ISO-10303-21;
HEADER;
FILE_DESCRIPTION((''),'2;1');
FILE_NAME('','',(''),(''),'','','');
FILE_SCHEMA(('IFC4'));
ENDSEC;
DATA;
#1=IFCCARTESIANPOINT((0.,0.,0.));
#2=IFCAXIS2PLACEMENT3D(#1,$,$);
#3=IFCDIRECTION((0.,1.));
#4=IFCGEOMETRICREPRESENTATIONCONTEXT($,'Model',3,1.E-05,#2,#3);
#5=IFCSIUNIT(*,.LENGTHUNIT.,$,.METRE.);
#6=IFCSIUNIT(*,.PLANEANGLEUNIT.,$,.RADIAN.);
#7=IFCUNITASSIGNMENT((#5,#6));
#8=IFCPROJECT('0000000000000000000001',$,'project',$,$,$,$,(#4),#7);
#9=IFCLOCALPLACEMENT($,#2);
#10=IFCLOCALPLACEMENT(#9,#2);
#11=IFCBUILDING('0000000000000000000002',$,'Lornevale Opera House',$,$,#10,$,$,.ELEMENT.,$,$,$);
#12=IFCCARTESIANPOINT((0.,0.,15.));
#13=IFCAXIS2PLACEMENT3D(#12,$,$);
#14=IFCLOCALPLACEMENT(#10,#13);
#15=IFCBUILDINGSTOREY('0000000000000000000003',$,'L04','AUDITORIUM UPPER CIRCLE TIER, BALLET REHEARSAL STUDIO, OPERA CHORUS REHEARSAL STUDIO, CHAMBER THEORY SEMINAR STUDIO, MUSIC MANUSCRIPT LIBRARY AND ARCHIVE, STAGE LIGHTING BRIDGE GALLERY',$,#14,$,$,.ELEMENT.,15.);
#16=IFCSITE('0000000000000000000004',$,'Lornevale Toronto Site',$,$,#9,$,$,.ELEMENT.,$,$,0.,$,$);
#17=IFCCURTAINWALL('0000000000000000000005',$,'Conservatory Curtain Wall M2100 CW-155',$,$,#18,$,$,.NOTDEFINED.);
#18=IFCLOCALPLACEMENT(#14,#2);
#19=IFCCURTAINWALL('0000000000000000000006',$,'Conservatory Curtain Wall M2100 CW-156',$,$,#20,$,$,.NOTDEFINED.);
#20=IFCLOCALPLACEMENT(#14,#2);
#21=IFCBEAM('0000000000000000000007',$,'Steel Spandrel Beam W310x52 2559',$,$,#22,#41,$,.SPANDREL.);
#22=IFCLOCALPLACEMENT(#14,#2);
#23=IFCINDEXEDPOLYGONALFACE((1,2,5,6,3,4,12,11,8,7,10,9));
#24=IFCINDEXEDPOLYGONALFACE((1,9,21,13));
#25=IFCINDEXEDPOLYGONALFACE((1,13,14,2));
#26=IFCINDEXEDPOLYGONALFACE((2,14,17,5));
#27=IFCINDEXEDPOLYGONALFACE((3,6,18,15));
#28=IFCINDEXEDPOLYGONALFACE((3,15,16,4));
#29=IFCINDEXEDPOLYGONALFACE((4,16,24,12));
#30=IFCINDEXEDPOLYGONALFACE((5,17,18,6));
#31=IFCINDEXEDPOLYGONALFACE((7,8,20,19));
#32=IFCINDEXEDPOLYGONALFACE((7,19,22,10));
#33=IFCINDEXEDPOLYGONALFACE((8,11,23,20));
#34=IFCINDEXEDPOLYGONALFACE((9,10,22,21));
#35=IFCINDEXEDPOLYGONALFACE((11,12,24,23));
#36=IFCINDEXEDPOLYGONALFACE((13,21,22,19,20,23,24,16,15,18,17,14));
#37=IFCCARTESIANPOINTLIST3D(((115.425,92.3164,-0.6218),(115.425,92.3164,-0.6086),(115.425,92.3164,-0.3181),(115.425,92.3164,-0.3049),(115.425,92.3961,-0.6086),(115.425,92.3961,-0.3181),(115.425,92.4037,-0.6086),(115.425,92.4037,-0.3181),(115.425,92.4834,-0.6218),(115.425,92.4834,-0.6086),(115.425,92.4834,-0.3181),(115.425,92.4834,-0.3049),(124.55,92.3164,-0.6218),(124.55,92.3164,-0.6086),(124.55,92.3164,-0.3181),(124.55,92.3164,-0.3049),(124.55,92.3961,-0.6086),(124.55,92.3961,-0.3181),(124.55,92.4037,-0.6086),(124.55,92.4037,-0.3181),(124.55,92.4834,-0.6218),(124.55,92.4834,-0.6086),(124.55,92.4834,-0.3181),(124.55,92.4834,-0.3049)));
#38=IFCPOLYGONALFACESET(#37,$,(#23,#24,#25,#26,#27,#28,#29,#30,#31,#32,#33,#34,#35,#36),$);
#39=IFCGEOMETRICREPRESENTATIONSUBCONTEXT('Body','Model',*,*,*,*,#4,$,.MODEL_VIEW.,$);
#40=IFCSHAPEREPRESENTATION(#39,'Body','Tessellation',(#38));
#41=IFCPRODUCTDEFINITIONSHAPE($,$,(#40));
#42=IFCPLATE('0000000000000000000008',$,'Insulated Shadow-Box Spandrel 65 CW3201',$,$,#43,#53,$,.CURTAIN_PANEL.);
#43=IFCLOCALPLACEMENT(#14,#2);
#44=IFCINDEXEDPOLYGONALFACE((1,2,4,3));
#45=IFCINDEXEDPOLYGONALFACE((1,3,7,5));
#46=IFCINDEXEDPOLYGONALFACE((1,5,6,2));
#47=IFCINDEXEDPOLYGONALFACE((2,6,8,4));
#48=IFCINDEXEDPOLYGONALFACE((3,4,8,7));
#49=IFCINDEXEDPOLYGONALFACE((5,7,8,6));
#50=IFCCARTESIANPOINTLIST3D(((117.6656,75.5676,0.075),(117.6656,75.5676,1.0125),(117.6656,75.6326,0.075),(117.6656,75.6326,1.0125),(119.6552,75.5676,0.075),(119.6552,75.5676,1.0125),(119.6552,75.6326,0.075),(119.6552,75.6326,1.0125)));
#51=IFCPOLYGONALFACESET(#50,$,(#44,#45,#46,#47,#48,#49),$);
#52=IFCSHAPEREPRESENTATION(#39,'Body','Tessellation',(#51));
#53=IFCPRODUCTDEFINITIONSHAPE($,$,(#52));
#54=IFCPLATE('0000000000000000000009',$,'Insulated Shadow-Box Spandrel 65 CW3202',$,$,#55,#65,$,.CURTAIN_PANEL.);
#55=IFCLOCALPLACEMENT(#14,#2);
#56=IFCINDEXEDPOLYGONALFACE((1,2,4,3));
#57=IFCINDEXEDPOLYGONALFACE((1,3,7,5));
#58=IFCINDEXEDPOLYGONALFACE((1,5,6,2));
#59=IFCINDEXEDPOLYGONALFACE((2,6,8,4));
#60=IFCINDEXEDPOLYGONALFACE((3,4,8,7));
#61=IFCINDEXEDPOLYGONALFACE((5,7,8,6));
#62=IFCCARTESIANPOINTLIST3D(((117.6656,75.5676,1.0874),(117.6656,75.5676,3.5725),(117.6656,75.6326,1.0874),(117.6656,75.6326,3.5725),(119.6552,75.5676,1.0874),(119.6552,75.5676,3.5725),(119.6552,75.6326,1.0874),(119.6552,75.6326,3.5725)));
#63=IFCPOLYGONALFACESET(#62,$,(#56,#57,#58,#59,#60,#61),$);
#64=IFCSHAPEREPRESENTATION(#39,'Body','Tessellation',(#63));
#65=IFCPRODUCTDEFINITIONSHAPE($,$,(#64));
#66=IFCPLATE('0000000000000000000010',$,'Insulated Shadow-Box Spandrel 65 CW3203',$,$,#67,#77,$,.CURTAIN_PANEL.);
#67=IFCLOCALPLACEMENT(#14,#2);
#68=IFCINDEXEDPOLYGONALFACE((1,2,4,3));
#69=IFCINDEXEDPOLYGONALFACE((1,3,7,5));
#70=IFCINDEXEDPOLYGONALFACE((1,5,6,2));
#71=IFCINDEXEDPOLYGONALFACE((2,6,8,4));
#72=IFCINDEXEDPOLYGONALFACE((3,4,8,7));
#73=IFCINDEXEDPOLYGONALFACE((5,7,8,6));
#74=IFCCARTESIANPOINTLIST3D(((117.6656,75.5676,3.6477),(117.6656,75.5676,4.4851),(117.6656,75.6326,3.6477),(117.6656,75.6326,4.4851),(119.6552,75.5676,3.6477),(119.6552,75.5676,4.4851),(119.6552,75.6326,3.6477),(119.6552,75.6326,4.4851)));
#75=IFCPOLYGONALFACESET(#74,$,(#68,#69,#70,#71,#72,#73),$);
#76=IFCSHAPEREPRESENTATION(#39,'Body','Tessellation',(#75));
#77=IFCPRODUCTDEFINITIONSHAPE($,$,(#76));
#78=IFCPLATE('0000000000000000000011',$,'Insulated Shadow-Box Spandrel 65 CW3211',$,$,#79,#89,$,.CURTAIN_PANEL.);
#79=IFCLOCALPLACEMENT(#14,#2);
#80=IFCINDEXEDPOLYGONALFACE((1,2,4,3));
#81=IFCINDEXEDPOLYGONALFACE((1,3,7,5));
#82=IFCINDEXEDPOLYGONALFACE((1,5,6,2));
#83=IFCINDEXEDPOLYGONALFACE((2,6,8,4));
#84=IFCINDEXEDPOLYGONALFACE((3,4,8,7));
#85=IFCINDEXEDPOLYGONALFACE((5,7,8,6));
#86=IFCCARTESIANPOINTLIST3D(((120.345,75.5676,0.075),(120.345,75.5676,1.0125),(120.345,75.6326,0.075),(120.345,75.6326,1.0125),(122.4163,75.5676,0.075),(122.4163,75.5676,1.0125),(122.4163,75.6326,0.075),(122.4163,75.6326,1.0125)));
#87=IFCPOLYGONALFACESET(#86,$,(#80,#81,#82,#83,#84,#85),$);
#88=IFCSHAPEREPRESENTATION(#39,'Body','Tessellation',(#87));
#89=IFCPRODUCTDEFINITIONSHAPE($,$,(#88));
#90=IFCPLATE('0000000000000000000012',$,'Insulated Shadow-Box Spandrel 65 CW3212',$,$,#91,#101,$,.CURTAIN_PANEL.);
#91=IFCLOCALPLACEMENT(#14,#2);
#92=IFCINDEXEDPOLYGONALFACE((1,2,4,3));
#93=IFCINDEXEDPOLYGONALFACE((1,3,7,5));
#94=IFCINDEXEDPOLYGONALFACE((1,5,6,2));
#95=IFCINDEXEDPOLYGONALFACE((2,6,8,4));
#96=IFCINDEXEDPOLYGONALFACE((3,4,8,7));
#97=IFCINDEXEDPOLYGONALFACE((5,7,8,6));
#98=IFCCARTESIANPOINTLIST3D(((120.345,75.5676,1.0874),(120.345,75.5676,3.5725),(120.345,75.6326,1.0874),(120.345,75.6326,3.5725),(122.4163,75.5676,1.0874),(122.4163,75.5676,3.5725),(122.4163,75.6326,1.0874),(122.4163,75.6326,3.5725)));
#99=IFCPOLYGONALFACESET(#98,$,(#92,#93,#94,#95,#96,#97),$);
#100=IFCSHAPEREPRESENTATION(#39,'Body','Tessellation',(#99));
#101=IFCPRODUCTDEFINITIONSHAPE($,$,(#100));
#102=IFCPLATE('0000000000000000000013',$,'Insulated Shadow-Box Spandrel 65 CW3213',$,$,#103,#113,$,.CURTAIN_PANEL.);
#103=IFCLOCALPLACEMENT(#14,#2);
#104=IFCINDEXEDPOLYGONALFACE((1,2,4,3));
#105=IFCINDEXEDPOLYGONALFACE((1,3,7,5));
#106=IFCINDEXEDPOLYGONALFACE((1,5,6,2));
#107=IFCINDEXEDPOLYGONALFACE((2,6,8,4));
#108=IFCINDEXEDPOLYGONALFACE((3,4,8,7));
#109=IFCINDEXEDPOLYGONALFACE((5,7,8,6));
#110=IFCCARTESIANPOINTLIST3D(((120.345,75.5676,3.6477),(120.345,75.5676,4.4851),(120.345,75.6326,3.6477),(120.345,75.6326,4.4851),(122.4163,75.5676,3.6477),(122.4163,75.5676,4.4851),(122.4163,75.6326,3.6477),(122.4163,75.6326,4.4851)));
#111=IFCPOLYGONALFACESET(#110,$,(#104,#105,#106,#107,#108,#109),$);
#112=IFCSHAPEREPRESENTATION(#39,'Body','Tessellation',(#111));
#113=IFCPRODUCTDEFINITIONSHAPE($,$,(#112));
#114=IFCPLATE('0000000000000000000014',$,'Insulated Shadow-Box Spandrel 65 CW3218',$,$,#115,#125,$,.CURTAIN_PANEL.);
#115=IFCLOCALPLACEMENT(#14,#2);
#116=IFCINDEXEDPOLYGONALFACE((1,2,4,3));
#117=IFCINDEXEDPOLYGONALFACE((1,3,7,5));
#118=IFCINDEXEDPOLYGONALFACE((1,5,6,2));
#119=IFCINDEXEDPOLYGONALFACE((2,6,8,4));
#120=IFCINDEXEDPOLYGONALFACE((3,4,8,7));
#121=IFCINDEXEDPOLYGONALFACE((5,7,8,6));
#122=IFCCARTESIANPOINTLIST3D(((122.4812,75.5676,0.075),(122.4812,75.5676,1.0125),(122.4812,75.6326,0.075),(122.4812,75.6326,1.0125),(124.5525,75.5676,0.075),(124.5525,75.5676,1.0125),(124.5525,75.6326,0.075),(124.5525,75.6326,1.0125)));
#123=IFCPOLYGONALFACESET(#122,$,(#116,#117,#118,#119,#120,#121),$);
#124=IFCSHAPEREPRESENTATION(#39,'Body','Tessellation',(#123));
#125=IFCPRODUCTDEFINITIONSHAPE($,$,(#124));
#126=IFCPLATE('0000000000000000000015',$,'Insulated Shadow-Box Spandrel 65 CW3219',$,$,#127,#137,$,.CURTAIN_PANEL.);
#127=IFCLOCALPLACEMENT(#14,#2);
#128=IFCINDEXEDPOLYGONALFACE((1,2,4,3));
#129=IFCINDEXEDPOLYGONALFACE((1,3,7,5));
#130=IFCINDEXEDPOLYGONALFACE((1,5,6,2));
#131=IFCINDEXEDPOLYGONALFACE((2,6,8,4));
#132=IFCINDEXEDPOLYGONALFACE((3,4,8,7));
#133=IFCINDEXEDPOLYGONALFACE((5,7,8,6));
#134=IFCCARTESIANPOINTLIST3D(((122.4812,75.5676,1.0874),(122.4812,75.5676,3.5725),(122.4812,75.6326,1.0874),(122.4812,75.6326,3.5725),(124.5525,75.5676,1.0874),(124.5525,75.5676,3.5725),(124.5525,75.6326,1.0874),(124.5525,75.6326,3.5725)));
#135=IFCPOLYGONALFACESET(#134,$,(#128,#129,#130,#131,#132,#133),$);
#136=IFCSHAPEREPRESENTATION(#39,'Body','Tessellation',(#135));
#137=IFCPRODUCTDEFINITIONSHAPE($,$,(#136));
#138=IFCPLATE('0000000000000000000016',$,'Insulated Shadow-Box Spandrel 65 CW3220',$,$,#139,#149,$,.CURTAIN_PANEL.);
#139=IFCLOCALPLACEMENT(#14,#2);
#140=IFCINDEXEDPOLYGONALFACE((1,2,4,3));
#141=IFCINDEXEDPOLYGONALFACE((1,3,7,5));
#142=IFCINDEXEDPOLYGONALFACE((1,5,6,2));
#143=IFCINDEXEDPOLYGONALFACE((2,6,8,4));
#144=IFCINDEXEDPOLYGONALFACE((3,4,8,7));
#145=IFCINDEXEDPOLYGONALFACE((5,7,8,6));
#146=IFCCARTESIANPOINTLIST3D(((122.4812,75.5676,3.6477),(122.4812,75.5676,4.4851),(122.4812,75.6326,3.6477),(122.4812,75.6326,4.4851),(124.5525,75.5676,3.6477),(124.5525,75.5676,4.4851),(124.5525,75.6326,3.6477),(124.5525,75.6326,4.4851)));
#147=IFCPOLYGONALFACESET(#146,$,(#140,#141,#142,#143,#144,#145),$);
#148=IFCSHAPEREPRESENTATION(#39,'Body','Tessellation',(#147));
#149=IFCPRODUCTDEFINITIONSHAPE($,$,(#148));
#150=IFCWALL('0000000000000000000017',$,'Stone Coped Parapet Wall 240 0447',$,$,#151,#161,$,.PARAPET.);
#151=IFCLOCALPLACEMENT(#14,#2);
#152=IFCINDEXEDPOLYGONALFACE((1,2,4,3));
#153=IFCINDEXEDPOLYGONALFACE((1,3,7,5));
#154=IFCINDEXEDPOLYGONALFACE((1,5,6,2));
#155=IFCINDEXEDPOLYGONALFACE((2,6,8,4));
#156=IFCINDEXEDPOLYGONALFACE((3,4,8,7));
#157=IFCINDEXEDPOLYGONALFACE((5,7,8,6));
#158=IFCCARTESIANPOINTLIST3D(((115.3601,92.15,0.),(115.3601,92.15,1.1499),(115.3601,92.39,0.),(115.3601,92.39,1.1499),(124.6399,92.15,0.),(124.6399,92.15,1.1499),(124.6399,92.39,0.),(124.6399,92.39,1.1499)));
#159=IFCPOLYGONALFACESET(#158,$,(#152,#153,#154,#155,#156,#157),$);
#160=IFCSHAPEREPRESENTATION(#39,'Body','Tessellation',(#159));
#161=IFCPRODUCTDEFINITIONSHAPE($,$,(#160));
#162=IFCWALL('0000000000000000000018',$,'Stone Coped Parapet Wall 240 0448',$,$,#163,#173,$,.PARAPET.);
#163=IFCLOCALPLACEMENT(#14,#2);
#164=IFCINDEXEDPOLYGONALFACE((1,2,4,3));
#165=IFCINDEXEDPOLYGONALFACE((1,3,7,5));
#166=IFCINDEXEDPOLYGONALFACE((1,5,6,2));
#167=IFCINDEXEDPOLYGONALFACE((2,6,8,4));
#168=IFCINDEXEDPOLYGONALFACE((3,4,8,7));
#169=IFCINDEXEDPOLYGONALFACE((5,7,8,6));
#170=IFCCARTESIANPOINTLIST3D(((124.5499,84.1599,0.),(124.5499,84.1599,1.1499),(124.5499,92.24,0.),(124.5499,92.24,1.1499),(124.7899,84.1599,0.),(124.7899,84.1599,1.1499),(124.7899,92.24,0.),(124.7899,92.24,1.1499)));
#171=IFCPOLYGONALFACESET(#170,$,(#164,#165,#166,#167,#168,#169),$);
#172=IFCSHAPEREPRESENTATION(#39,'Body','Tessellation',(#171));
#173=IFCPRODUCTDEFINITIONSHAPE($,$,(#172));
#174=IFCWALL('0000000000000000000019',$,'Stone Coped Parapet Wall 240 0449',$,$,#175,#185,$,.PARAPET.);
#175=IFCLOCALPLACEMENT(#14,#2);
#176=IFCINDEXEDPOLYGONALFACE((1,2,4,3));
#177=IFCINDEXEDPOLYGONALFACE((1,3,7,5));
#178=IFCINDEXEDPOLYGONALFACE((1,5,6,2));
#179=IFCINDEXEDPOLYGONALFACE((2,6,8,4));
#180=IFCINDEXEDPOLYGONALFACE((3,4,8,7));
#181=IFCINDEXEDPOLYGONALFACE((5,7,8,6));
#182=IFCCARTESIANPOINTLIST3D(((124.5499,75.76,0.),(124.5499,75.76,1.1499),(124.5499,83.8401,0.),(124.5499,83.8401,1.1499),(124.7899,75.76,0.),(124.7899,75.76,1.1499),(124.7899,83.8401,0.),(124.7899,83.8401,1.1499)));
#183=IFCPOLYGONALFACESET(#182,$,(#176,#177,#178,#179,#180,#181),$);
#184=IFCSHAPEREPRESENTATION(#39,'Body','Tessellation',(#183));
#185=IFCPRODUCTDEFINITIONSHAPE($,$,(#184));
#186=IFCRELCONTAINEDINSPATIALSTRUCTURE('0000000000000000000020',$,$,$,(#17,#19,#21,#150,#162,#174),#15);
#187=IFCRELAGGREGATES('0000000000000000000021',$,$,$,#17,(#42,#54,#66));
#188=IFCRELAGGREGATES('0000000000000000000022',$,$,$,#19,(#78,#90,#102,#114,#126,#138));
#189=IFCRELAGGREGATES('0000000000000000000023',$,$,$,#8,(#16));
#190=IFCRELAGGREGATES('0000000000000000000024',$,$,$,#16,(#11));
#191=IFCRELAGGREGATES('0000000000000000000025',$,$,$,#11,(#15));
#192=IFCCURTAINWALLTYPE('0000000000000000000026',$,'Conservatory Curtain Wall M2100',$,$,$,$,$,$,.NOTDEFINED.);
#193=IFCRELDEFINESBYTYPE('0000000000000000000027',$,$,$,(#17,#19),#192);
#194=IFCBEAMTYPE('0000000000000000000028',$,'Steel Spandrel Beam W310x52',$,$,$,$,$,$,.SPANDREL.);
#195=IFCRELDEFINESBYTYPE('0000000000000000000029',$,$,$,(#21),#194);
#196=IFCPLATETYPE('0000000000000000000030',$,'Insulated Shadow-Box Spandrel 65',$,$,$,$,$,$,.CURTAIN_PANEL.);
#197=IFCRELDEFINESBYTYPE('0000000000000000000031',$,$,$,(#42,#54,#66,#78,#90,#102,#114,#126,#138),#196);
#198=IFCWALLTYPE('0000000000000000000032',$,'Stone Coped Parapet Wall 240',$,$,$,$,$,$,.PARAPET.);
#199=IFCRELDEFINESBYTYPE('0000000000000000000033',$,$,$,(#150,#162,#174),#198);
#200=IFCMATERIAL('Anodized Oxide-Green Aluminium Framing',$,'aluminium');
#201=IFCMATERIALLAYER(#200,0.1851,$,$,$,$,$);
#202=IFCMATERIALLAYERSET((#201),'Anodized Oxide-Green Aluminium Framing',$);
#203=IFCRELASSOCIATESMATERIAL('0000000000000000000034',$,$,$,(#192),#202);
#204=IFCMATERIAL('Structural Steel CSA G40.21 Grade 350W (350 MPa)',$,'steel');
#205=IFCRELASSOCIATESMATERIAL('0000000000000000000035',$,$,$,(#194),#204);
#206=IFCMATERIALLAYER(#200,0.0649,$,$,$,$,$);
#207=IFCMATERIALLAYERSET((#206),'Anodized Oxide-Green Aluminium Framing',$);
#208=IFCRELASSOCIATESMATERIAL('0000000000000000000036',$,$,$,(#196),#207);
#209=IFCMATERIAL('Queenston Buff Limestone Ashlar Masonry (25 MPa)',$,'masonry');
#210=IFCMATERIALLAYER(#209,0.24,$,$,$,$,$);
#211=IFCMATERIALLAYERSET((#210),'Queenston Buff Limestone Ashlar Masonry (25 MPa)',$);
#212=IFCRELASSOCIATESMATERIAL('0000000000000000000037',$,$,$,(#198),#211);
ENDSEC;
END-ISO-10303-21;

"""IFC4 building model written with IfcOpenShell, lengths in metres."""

from ifc_helpers import new_model, si_unit, direction, frame, frame_2d, origin, origin_2d, place, context, subcontext, project, spatial, rectangle, i_section, extrude, material, layer, layer_set, material_profile, profile_set, type_object, element, aggregate, save


model = new_model("IFC4")

# Units and contexts
model_context = context("Model", 3, precision=1e-05, world=origin(), true_north=direction((0.0, 1.0)))
body_context = subcontext(model_context, "Body", "Model", "MODEL_VIEW")
ifc_project = project(units=[si_unit("LENGTHUNIT", "METRE"), si_unit("PLANEANGLEUNIT", "RADIAN")], contexts=[model_context])

# Site, building, storey
site_placement = place(None, origin())
site = spatial("IfcSite", under=ifc_project, at=site_placement, Name="Lornevale Toronto Site", CompositionType="ELEMENT", RefElevation=0.0)
building_placement = place(site_placement, origin())
building = spatial("IfcBuilding", under=site, at=building_placement, Name="Lornevale Opera House", CompositionType="ELEMENT")
storey_placement = place(building_placement, frame((0.0, 0.0, 15.0)))
storey = spatial("IfcBuildingStorey", under=building, at=storey_placement, Name="L04", Description="AUDITORIUM UPPER CIRCLE TIER, BALLET REHEARSAL STUDIO, OPERA CHORUS REHEARSAL STUDIO, CHAMBER THEORY SEMINAR STUDIO, MUSIC MANUSCRIPT LIBRARY AND ARCHIVE, STAGE LIGHTING BRIDGE GALLERY", CompositionType="ELEMENT", Elevation=15.0)

# Curtain wall
ifc_material_1 = material(Name="Anodized Oxide-Green Aluminium Framing", Category="aluminium")
ifc_layer_1 = layer(ifc_material_1, 0.1851)
ifc_layer_set_1 = layer_set([ifc_layer_1], Name="Anodized Oxide-Green Aluminium Framing")
curtain_wall_type = type_object("IfcCurtainWallType", Name="Conservatory Curtain Wall M2100", PredefinedType="NOTDEFINED", material=ifc_layer_set_1)
curtain_wall_1_placement = place(storey_placement, origin())
curtain_wall_1 = element("IfcCurtainWall", 1, at=curtain_wall_1_placement, inside=storey, type_object=curtain_wall_type, Name="Conservatory Curtain Wall M2100 CW-155", PredefinedType="NOTDEFINED")

# Curtain wall
curtain_wall_2_placement = place(storey_placement, origin())
curtain_wall_2 = element("IfcCurtainWall", 2, at=curtain_wall_2_placement, inside=storey, type_object=curtain_wall_type, Name="Conservatory Curtain Wall M2100 CW-156", PredefinedType="NOTDEFINED")

# Beam
ifc_material_2 = material(Name="Structural Steel CSA G40.21 Grade 350W (350 MPa)", Category="steel")
ifc_material_profile_1 = material_profile(ifc_material_2, i_section(OverallWidth=0.167, OverallDepth=0.3169, WebThickness=0.0076, FlangeThickness=0.0132, at=origin_2d()), Name="W310x52")
ifc_profile_set_1 = profile_set([ifc_material_profile_1], Name="Structural Steel CSA G40.21 Grade 350W (350 MPa)")
beam_type_1 = type_object("IfcBeamType", Name="Steel Spandrel Beam W310x52", PredefinedType="SPANDREL", material=ifc_profile_set_1)
beam_1_placement = place(storey_placement, frame((115.425, 92.3999, -0.4634), z_axis=(1.0, 0.0, 0.0), x_axis=(0.0, 1.0, 0.0)))
element("IfcBeam", 3, at=beam_1_placement, inside=storey, type_object=beam_type_1, Name="Steel Spandrel Beam W310x52 2559", PredefinedType="SPANDREL", context=body_context, shape_type="SweptSolid", body=[
    extrude(i_section(OverallWidth=0.167, OverallDepth=0.3169, WebThickness=0.0076, FlangeThickness=0.0132, at=origin_2d()), origin(), (0.0, 0.0, 1.0), 9.125),
])

# Plates
ifc_layer_2 = layer(ifc_material_1, 0.0649)
ifc_layer_set_2 = layer_set([ifc_layer_2], Name="Anodized Oxide-Green Aluminium Framing")
plate_type = type_object("IfcPlateType", Name="Insulated Shadow-Box Spandrel 65", PredefinedType="CURTAIN_PANEL", material=ifc_layer_set_2)
plate_1_placement = place(storey_placement, frame((118.6604, 75.6001, 0.075), z_axis=(0.0, 0.0, 1.0), x_axis=(1.0, 0.0, 0.0)))
plate_1 = element("IfcPlate", 4, at=plate_1_placement, type_object=plate_type, Name="Insulated Shadow-Box Spandrel 65 CW3201", PredefinedType="CURTAIN_PANEL", context=body_context, shape_type="SweptSolid", body=[
    extrude(rectangle(XDim=1.9895, YDim=0.0649, at=origin_2d()), origin(), (0.0, 0.0, 1.0), 0.9375),
])
plate_2_placement = place(storey_placement, frame((118.6604, 75.6001, 1.0874), z_axis=(0.0, 0.0, 1.0), x_axis=(1.0, 0.0, 0.0)))
plate_2 = element("IfcPlate", 5, at=plate_2_placement, type_object=plate_type, Name="Insulated Shadow-Box Spandrel 65 CW3202", PredefinedType="CURTAIN_PANEL", context=body_context, shape_type="SweptSolid", body=[
    extrude(rectangle(XDim=1.9895, YDim=0.0649, at=origin_2d()), origin(), (0.0, 0.0, 1.0), 2.4851),
])
plate_3_placement = place(storey_placement, frame((118.6604, 75.6001, 3.6477), z_axis=(0.0, 0.0, 1.0), x_axis=(1.0, 0.0, 0.0)))
plate_3 = element("IfcPlate", 6, at=plate_3_placement, type_object=plate_type, Name="Insulated Shadow-Box Spandrel 65 CW3203", PredefinedType="CURTAIN_PANEL", context=body_context, shape_type="SweptSolid", body=[
    extrude(rectangle(XDim=1.9895, YDim=0.0649, at=origin_2d()), origin(), (0.0, 0.0, 1.0), 0.8374),
])
aggregate(curtain_wall_1, [plate_1, plate_2, plate_3])
plate_4_placement = place(storey_placement, frame((121.3806, 75.6001, 0.075), z_axis=(0.0, 0.0, 1.0), x_axis=(1.0, 0.0, 0.0)))
plate_4 = element("IfcPlate", 7, at=plate_4_placement, type_object=plate_type, Name="Insulated Shadow-Box Spandrel 65 CW3211", PredefinedType="CURTAIN_PANEL", context=body_context, shape_type="SweptSolid", body=[
    extrude(rectangle(XDim=2.0713, YDim=0.0649, at=origin_2d()), origin(), (0.0, 0.0, 1.0), 0.9375),
])
plate_5_placement = place(storey_placement, frame((121.3806, 75.6001, 1.0874), z_axis=(0.0, 0.0, 1.0), x_axis=(1.0, 0.0, 0.0)))
plate_5 = element("IfcPlate", 8, at=plate_5_placement, type_object=plate_type, Name="Insulated Shadow-Box Spandrel 65 CW3212", PredefinedType="CURTAIN_PANEL", context=body_context, shape_type="SweptSolid", body=[
    extrude(rectangle(XDim=2.0713, YDim=0.0649, at=origin_2d()), origin(), (0.0, 0.0, 1.0), 2.4851),
])
plate_6_placement = place(storey_placement, frame((121.3806, 75.6001, 3.6477), z_axis=(0.0, 0.0, 1.0), x_axis=(1.0, 0.0, 0.0)))
plate_6 = element("IfcPlate", 9, at=plate_6_placement, type_object=plate_type, Name="Insulated Shadow-Box Spandrel 65 CW3213", PredefinedType="CURTAIN_PANEL", context=body_context, shape_type="SweptSolid", body=[
    extrude(rectangle(XDim=2.0713, YDim=0.0649, at=origin_2d()), origin(), (0.0, 0.0, 1.0), 0.8374),
])
plate_7_placement = place(storey_placement, frame((123.5168, 75.6001, 0.075), z_axis=(0.0, 0.0, 1.0), x_axis=(1.0, 0.0, 0.0)))
plate_7 = element("IfcPlate", 10, at=plate_7_placement, type_object=plate_type, Name="Insulated Shadow-Box Spandrel 65 CW3218", PredefinedType="CURTAIN_PANEL", context=body_context, shape_type="SweptSolid", body=[
    extrude(rectangle(XDim=2.0713, YDim=0.0649, at=origin_2d()), origin(), (0.0, 0.0, 1.0), 0.9375),
])
plate_8_placement = place(storey_placement, frame((123.5168, 75.6001, 1.0874), z_axis=(0.0, 0.0, 1.0), x_axis=(1.0, 0.0, 0.0)))
plate_8 = element("IfcPlate", 11, at=plate_8_placement, type_object=plate_type, Name="Insulated Shadow-Box Spandrel 65 CW3219", PredefinedType="CURTAIN_PANEL", context=body_context, shape_type="SweptSolid", body=[
    extrude(rectangle(XDim=2.0713, YDim=0.0649, at=origin_2d()), origin(), (0.0, 0.0, 1.0), 2.4851),
])
plate_9_placement = place(storey_placement, frame((123.5168, 75.6001, 3.6477), z_axis=(0.0, 0.0, 1.0), x_axis=(1.0, 0.0, 0.0)))
plate_9 = element("IfcPlate", 12, at=plate_9_placement, type_object=plate_type, Name="Insulated Shadow-Box Spandrel 65 CW3220", PredefinedType="CURTAIN_PANEL", context=body_context, shape_type="SweptSolid", body=[
    extrude(rectangle(XDim=2.0713, YDim=0.0649, at=origin_2d()), origin(), (0.0, 0.0, 1.0), 0.8374),
])
aggregate(curtain_wall_2, [plate_4, plate_5, plate_6, plate_7, plate_8, plate_9])

# Walls
ifc_material_3 = material(Name="Queenston Buff Limestone Ashlar Masonry (25 MPa)", Category="masonry")
ifc_layer_3 = layer(ifc_material_3, 0.24)
ifc_layer_set_3 = layer_set([ifc_layer_3], Name="Queenston Buff Limestone Ashlar Masonry (25 MPa)")
wall_type = type_object("IfcWallType", Name="Stone Coped Parapet Wall 240", PredefinedType="PARAPET", material=ifc_layer_set_3)
wall_placement = place(storey_placement, frame((115.3601, 92.27, 0.0), z_axis=(0.0, 0.0, 1.0), x_axis=(1.0, 0.0, 0.0)))
element("IfcWall", 13, at=wall_placement, inside=storey, type_object=wall_type, Name="Stone Coped Parapet Wall 240 0447", PredefinedType="PARAPET", context=body_context, shape_type="SweptSolid", body=[
    extrude(rectangle(XDim=9.2798, YDim=0.24, at=frame_2d((4.6399, 0.0))), origin(), (0.0, 0.0, 1.0), 1.1499),
])
for number, where, z_axis, x_axis, name in (
    (14, (124.6699, 92.24, 0.0), (0.0, 0.0, 1.0), (0.0, -1.0, 0.0), "Stone Coped Parapet Wall 240 0448"),
    (15, (124.6699, 83.8401, 0.0), (0.0, 0.0, 1.0), (0.0, -1.0, 0.0), "Stone Coped Parapet Wall 240 0449"),
):
    element("IfcWall", number, at=place(storey_placement, frame(where, z_axis=z_axis, x_axis=x_axis)), inside=storey, type_object=wall_type, Name=name, PredefinedType="PARAPET", context=body_context, shape_type="SweptSolid", body=[
        extrude(rectangle(XDim=8.0801, YDim=0.24, at=frame_2d((4.04, 0.0))), origin(), (0.0, 0.0, 1.0), 1.1499),
    ])

save(model, "model.ifc")
